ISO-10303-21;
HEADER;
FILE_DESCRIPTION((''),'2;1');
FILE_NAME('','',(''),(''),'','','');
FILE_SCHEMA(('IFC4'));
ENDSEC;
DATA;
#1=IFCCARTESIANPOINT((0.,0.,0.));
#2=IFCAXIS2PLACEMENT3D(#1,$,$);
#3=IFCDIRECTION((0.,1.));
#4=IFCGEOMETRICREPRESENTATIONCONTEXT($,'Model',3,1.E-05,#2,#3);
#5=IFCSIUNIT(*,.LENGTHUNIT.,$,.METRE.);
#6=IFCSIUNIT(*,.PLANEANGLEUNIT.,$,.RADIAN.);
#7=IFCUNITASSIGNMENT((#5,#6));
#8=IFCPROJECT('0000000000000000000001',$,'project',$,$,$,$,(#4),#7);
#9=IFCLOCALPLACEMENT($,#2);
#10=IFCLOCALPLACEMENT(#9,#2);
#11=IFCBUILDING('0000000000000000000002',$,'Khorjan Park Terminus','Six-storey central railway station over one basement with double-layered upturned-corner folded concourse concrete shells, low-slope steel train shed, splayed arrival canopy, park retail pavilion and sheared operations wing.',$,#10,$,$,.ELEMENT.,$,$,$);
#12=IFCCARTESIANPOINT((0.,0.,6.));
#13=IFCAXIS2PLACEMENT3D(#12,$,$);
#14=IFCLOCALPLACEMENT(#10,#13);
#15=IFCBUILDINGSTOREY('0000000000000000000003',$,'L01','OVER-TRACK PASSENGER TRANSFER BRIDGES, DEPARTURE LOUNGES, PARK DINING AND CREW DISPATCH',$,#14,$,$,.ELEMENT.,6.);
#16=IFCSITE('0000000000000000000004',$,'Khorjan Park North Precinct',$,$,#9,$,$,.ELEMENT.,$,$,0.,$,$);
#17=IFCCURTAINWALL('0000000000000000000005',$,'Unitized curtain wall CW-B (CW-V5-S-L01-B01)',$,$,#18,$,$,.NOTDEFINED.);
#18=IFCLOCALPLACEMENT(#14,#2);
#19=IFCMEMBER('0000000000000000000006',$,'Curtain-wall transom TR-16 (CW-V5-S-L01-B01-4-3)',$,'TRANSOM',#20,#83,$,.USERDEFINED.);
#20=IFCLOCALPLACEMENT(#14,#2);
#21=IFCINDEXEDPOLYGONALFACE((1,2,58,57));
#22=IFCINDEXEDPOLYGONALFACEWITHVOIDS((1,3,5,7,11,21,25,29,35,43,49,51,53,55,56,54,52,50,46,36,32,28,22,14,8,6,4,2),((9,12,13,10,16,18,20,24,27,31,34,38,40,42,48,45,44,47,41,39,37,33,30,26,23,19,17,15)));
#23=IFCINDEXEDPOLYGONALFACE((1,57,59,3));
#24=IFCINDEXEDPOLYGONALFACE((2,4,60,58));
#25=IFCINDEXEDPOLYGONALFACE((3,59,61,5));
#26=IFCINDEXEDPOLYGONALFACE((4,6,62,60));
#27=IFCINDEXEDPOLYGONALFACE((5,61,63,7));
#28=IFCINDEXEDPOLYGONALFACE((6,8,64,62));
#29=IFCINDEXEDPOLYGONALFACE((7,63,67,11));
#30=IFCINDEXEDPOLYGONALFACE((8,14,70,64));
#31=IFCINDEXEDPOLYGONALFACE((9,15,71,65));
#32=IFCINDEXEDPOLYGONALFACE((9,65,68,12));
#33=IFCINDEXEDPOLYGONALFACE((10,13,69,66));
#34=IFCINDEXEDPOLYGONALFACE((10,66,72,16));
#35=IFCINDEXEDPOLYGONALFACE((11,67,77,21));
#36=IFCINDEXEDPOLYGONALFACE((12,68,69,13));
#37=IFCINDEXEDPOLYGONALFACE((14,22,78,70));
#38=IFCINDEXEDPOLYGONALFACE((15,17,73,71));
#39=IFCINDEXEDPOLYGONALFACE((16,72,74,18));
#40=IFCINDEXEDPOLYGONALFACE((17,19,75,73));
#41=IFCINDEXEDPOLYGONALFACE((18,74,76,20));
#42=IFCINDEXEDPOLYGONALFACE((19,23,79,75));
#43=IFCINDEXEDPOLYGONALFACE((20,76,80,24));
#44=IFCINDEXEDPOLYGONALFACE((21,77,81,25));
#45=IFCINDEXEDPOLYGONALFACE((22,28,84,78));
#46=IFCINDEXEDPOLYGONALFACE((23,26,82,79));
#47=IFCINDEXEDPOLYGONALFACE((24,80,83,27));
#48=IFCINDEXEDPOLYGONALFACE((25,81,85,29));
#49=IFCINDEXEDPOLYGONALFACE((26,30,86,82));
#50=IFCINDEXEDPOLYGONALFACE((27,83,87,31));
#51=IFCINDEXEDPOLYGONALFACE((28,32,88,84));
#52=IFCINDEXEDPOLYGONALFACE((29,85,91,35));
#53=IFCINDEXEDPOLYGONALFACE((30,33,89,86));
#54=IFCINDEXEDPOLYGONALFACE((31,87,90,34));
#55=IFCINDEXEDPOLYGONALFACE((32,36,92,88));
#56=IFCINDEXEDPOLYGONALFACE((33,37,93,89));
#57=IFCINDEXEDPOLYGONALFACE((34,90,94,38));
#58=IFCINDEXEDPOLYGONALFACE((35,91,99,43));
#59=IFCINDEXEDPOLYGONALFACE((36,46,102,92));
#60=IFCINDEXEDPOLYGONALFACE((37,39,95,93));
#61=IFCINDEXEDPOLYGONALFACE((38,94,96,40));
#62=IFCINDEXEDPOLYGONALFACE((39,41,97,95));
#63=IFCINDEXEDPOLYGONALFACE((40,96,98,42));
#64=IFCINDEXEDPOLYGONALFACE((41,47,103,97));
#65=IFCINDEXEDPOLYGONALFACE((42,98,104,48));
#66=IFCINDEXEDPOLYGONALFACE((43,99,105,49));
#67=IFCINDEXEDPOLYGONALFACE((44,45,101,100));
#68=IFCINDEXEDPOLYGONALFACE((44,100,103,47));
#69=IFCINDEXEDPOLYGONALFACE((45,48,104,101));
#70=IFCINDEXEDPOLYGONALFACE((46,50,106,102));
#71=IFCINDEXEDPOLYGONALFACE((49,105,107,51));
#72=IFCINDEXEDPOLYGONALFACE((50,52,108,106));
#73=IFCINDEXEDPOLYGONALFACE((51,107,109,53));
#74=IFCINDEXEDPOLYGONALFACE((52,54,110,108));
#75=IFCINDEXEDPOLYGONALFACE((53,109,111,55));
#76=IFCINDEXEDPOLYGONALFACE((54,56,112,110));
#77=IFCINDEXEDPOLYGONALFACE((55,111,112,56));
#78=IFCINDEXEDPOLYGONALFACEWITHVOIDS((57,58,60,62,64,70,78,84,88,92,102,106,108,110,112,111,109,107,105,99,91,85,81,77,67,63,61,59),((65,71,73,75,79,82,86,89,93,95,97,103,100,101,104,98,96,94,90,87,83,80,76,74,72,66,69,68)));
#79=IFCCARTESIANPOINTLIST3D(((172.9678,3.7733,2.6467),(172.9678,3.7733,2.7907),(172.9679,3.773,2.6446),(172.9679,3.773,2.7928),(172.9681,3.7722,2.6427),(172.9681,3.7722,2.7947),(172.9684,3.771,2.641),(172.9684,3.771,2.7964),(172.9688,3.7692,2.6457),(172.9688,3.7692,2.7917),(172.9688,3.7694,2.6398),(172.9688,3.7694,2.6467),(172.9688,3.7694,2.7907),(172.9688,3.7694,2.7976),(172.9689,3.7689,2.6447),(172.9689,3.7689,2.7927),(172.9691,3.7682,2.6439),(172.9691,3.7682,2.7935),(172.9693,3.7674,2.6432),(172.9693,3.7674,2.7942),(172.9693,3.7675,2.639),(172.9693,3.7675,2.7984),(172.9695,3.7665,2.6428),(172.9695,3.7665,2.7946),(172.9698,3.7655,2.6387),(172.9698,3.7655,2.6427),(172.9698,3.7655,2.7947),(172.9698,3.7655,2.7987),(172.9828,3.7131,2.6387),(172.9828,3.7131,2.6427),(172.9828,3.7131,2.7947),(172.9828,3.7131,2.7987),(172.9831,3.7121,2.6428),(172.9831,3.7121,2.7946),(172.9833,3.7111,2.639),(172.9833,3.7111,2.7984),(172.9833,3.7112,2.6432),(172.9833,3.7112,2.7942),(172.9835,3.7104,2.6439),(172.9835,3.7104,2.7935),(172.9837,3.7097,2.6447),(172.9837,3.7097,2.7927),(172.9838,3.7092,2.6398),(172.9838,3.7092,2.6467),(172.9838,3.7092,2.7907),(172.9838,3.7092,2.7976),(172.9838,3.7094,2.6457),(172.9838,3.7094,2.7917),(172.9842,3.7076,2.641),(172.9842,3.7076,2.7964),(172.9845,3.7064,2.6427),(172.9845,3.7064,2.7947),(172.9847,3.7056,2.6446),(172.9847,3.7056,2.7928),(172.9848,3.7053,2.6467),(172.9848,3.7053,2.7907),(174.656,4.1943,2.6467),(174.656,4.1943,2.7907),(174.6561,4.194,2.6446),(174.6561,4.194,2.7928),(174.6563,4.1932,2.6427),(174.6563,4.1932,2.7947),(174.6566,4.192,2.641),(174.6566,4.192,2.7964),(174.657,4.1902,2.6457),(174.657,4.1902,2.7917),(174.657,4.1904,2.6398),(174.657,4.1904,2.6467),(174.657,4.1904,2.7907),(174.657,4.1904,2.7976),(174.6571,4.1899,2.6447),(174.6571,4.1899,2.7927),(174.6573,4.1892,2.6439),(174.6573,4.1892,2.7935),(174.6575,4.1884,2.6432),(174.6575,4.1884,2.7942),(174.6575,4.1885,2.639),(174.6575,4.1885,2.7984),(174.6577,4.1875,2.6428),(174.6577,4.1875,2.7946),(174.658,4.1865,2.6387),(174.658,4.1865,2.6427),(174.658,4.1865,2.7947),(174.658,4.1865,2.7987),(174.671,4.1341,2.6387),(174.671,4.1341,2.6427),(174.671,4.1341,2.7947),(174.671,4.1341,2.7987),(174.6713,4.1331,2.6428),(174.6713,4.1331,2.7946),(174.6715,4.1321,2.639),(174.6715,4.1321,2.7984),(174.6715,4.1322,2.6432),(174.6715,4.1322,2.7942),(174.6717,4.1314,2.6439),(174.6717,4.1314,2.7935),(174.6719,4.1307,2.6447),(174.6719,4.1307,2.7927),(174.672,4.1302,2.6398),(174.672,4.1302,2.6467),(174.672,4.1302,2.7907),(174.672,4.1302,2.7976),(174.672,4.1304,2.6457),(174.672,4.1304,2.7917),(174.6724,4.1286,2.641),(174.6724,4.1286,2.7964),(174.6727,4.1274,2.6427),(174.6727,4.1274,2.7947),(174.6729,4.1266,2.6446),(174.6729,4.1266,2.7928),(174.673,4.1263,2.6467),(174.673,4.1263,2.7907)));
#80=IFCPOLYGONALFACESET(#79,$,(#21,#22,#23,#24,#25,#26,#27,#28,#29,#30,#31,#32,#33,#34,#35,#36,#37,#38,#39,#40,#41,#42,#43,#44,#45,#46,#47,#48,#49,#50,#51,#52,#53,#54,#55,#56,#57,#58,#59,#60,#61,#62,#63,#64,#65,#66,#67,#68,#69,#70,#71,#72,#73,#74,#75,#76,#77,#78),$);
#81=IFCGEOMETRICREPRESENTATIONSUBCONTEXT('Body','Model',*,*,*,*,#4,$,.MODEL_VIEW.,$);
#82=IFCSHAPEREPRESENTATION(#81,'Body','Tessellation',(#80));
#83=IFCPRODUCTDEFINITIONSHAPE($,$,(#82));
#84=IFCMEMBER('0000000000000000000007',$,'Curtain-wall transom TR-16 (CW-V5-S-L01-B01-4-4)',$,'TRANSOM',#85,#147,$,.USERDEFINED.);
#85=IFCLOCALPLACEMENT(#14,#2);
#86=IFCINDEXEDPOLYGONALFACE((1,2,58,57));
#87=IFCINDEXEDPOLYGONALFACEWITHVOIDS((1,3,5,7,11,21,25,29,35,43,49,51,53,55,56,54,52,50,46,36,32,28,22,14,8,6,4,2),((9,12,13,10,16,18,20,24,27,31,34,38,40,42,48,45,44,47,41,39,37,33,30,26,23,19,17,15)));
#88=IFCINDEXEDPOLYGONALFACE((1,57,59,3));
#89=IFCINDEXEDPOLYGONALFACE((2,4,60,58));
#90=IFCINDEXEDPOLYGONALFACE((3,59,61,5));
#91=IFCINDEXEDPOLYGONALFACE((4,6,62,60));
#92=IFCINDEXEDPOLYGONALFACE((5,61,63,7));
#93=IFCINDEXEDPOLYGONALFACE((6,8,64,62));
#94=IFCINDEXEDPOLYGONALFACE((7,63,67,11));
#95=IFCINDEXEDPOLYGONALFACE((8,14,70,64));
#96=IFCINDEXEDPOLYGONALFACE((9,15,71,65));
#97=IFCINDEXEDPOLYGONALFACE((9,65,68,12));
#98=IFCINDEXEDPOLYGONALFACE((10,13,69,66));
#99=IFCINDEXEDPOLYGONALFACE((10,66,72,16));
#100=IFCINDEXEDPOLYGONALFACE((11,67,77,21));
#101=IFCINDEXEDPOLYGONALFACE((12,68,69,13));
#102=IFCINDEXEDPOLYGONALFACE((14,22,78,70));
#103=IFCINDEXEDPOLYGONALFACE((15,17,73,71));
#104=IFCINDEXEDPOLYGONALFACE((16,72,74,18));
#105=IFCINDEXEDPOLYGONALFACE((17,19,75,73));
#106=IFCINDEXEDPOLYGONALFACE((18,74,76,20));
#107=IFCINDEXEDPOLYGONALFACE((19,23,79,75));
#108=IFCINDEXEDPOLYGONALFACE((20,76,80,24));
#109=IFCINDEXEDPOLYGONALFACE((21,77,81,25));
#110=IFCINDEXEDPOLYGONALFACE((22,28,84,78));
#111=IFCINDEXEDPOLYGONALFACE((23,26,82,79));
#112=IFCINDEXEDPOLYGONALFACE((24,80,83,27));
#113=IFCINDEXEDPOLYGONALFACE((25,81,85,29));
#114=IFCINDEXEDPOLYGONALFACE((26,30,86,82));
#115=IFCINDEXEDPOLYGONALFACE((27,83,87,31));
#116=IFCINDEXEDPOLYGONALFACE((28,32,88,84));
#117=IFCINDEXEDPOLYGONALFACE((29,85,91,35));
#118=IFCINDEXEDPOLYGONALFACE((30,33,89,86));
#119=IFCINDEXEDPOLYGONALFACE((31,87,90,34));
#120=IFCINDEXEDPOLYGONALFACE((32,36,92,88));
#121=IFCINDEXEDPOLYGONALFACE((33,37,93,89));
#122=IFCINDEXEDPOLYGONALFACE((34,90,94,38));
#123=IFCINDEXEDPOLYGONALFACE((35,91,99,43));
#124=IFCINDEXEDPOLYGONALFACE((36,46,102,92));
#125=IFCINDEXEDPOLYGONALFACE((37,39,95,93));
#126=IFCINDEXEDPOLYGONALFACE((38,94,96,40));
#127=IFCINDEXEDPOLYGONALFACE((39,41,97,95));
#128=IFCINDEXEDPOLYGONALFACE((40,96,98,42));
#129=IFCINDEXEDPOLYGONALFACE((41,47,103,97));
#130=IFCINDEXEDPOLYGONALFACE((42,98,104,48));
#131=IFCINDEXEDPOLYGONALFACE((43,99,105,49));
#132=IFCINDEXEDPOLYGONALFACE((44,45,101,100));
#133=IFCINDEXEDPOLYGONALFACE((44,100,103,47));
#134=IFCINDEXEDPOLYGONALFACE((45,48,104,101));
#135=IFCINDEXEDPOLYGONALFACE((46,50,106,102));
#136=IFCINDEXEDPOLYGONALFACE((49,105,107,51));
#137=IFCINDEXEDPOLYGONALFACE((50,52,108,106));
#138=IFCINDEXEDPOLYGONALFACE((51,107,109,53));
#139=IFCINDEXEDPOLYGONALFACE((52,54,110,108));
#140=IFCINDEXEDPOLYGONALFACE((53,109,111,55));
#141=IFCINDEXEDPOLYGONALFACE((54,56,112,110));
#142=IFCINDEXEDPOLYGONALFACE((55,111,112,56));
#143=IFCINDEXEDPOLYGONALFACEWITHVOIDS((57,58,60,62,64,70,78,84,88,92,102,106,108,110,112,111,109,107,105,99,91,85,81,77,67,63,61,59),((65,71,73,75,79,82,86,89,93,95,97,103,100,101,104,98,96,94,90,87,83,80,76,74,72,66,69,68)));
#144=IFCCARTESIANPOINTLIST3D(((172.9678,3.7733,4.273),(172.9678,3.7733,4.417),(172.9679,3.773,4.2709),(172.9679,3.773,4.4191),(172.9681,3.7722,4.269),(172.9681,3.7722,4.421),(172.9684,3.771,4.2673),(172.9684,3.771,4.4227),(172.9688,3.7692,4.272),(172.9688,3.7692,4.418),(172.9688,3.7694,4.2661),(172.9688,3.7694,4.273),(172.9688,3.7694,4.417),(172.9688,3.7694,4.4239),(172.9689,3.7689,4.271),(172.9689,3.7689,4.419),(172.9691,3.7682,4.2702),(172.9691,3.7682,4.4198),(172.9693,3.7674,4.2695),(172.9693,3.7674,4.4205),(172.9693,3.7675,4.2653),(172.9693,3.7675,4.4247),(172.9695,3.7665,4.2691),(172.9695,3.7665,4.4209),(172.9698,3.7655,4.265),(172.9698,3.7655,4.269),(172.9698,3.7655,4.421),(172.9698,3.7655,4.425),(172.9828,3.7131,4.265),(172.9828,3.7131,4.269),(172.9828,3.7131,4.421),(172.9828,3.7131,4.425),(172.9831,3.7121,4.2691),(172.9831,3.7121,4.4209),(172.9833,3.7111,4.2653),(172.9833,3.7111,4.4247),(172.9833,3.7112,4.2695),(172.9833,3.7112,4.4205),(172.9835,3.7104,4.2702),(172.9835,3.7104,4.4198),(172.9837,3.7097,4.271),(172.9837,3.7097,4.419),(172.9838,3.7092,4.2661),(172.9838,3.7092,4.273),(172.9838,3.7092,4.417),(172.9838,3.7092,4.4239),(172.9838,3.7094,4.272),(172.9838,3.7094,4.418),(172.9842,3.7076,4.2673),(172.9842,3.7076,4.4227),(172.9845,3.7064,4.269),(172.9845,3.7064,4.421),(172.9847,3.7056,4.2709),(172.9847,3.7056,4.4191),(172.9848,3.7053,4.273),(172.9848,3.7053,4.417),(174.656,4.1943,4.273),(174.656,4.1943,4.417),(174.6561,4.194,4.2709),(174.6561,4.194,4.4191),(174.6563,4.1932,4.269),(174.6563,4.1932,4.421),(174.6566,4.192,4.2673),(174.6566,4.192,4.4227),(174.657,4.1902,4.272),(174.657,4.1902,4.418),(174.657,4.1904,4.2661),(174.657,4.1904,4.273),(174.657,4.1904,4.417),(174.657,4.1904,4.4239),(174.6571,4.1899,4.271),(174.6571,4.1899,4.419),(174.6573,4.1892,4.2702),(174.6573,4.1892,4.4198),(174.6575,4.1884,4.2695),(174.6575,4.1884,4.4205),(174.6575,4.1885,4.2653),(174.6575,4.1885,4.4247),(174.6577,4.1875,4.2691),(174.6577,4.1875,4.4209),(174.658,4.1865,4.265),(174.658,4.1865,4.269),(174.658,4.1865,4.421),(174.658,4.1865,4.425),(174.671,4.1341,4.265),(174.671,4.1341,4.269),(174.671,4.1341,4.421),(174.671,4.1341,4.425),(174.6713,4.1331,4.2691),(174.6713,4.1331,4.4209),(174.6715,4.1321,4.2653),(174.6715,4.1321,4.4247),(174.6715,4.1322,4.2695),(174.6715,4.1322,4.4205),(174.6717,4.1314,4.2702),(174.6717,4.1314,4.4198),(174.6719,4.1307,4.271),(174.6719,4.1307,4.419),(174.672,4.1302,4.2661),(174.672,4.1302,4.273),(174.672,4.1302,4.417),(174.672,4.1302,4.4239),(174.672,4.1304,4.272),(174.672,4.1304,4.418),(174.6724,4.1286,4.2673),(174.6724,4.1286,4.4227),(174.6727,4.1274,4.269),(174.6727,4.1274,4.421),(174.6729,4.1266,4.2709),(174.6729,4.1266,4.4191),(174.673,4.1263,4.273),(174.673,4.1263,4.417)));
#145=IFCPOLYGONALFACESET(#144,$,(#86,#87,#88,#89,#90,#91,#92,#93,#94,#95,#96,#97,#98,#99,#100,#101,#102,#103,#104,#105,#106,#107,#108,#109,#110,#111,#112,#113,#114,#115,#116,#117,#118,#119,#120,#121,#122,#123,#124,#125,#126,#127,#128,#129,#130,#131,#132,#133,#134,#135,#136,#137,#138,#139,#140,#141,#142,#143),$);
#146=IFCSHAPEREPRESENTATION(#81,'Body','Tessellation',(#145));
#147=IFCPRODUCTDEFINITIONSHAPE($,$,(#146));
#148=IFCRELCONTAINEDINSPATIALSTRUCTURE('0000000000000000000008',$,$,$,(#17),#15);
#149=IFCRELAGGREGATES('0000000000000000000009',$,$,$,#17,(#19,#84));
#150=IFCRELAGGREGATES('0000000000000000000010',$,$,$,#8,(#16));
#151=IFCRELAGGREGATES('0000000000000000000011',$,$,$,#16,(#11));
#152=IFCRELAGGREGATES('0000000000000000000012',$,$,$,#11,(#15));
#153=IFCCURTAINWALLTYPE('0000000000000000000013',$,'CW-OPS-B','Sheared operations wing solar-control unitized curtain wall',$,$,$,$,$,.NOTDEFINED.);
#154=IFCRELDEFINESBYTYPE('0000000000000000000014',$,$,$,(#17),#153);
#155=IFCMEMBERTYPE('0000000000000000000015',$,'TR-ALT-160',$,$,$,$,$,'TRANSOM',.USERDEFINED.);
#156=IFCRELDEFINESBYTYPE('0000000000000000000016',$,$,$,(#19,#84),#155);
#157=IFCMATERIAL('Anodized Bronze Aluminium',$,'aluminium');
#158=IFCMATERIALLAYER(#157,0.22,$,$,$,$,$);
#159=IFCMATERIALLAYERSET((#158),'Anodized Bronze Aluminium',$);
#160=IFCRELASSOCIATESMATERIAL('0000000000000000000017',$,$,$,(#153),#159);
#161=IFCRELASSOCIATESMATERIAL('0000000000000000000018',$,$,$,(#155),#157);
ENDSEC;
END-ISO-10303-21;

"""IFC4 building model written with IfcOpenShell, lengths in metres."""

from ifc_helpers import new_model, si_unit, direction, frame, origin, origin_2d, place, context, subcontext, project, spatial, hollow_rectangle, extrude, material, layer, layer_set, material_profile, profile_set, type_object, element, aggregate, save


model = new_model("IFC4")

# Units and contexts
model_context = context("Model", 3, precision=1e-05, world=origin(), true_north=direction((0.0, 1.0)))
body_context = subcontext(model_context, "Body", "Model", "MODEL_VIEW")
ifc_project = project(units=[si_unit("LENGTHUNIT", "METRE"), si_unit("PLANEANGLEUNIT", "RADIAN")], contexts=[model_context])

# Site, building, storey
site_placement = place(None, origin())
site = spatial("IfcSite", under=ifc_project, at=site_placement, Name="Khorjan Park North Precinct", CompositionType="ELEMENT", RefElevation=0.0)
building_placement = place(site_placement, origin())
building = spatial("IfcBuilding", under=site, at=building_placement, Name="Khorjan Park Terminus", Description="Six-storey central railway station over one basement with double-layered upturned-corner folded concourse concrete shells, low-slope steel train shed, splayed arrival canopy, park retail pavilion and sheared operations wing.", CompositionType="ELEMENT")
storey_placement = place(building_placement, frame((0.0, 0.0, 6.0)))
storey = spatial("IfcBuildingStorey", under=building, at=storey_placement, Name="L01", Description="OVER-TRACK PASSENGER TRANSFER BRIDGES, DEPARTURE LOUNGES, PARK DINING AND CREW DISPATCH", CompositionType="ELEMENT", Elevation=6.0)

# Curtain wall, members
ifc_material_1 = material(Name="Anodized Bronze Aluminium", Category="aluminium")
ifc_layer_1 = layer(ifc_material_1, 0.22)
ifc_layer_set_1 = layer_set([ifc_layer_1], Name="Anodized Bronze Aluminium")
curtain_wall_type = type_object("IfcCurtainWallType", Name="CW-OPS-B", Description="Sheared operations wing solar-control unitized curtain wall", PredefinedType="NOTDEFINED", material=ifc_layer_set_1)
curtain_wall_placement = place(storey_placement, origin())
curtain_wall = element("IfcCurtainWall", 1, at=curtain_wall_placement, inside=storey, type_object=curtain_wall_type, Name="Unitized curtain wall CW-B (CW-V5-S-L01-B01)", PredefinedType="NOTDEFINED")
ifc_material_profile_1 = material_profile(ifc_material_1, hollow_rectangle(XDim=0.07, YDim=0.16, WallThickness=0.004, InnerFilletRadius=0.004, OuterFilletRadius=0.008, at=origin_2d()), Name="ALT 70x160x4")
ifc_profile_set_1 = profile_set([ifc_material_profile_1], Name="Anodized Bronze Aluminium")
member_type_1 = type_object("IfcMemberType", Name="TR-ALT-160", ElementType="TRANSOM", PredefinedType="USERDEFINED", material=ifc_profile_set_1)
member_1_placement = place(storey_placement, frame((172.9763, 3.7393, 2.7187), z_axis=(0.970284, 0.241968, 0.0), x_axis=(-0.241968, 0.970284, 0.0)))
member_1 = element("IfcMember", 2, at=member_1_placement, type_object=member_type_1, Name="Curtain-wall transom TR-16 (CW-V5-S-L01-B01-4-3)", ObjectType="TRANSOM", PredefinedType="USERDEFINED", context=body_context, shape_type="SweptSolid", body=[
    extrude(hollow_rectangle(XDim=0.07, YDim=0.16, WallThickness=0.004, InnerFilletRadius=0.004, OuterFilletRadius=0.008, at=origin_2d()), origin(), (0.0, 0.0, 1.0), 1.7399),
])
member_2_placement = place(storey_placement, frame((172.9763, 3.7393, 4.345), z_axis=(0.970284, 0.241968, 0.0), x_axis=(-0.241968, 0.970284, 0.0)))
member_2 = element("IfcMember", 3, at=member_2_placement, type_object=member_type_1, Name="Curtain-wall transom TR-16 (CW-V5-S-L01-B01-4-4)", ObjectType="TRANSOM", PredefinedType="USERDEFINED", context=body_context, shape_type="SweptSolid", body=[
    extrude(hollow_rectangle(XDim=0.07, YDim=0.16, WallThickness=0.004, InnerFilletRadius=0.004, OuterFilletRadius=0.008, at=origin_2d()), origin(), (0.0, 0.0, 1.0), 1.7399),
])
aggregate(curtain_wall, [member_1, member_2])

save(model, "model.ifc")
